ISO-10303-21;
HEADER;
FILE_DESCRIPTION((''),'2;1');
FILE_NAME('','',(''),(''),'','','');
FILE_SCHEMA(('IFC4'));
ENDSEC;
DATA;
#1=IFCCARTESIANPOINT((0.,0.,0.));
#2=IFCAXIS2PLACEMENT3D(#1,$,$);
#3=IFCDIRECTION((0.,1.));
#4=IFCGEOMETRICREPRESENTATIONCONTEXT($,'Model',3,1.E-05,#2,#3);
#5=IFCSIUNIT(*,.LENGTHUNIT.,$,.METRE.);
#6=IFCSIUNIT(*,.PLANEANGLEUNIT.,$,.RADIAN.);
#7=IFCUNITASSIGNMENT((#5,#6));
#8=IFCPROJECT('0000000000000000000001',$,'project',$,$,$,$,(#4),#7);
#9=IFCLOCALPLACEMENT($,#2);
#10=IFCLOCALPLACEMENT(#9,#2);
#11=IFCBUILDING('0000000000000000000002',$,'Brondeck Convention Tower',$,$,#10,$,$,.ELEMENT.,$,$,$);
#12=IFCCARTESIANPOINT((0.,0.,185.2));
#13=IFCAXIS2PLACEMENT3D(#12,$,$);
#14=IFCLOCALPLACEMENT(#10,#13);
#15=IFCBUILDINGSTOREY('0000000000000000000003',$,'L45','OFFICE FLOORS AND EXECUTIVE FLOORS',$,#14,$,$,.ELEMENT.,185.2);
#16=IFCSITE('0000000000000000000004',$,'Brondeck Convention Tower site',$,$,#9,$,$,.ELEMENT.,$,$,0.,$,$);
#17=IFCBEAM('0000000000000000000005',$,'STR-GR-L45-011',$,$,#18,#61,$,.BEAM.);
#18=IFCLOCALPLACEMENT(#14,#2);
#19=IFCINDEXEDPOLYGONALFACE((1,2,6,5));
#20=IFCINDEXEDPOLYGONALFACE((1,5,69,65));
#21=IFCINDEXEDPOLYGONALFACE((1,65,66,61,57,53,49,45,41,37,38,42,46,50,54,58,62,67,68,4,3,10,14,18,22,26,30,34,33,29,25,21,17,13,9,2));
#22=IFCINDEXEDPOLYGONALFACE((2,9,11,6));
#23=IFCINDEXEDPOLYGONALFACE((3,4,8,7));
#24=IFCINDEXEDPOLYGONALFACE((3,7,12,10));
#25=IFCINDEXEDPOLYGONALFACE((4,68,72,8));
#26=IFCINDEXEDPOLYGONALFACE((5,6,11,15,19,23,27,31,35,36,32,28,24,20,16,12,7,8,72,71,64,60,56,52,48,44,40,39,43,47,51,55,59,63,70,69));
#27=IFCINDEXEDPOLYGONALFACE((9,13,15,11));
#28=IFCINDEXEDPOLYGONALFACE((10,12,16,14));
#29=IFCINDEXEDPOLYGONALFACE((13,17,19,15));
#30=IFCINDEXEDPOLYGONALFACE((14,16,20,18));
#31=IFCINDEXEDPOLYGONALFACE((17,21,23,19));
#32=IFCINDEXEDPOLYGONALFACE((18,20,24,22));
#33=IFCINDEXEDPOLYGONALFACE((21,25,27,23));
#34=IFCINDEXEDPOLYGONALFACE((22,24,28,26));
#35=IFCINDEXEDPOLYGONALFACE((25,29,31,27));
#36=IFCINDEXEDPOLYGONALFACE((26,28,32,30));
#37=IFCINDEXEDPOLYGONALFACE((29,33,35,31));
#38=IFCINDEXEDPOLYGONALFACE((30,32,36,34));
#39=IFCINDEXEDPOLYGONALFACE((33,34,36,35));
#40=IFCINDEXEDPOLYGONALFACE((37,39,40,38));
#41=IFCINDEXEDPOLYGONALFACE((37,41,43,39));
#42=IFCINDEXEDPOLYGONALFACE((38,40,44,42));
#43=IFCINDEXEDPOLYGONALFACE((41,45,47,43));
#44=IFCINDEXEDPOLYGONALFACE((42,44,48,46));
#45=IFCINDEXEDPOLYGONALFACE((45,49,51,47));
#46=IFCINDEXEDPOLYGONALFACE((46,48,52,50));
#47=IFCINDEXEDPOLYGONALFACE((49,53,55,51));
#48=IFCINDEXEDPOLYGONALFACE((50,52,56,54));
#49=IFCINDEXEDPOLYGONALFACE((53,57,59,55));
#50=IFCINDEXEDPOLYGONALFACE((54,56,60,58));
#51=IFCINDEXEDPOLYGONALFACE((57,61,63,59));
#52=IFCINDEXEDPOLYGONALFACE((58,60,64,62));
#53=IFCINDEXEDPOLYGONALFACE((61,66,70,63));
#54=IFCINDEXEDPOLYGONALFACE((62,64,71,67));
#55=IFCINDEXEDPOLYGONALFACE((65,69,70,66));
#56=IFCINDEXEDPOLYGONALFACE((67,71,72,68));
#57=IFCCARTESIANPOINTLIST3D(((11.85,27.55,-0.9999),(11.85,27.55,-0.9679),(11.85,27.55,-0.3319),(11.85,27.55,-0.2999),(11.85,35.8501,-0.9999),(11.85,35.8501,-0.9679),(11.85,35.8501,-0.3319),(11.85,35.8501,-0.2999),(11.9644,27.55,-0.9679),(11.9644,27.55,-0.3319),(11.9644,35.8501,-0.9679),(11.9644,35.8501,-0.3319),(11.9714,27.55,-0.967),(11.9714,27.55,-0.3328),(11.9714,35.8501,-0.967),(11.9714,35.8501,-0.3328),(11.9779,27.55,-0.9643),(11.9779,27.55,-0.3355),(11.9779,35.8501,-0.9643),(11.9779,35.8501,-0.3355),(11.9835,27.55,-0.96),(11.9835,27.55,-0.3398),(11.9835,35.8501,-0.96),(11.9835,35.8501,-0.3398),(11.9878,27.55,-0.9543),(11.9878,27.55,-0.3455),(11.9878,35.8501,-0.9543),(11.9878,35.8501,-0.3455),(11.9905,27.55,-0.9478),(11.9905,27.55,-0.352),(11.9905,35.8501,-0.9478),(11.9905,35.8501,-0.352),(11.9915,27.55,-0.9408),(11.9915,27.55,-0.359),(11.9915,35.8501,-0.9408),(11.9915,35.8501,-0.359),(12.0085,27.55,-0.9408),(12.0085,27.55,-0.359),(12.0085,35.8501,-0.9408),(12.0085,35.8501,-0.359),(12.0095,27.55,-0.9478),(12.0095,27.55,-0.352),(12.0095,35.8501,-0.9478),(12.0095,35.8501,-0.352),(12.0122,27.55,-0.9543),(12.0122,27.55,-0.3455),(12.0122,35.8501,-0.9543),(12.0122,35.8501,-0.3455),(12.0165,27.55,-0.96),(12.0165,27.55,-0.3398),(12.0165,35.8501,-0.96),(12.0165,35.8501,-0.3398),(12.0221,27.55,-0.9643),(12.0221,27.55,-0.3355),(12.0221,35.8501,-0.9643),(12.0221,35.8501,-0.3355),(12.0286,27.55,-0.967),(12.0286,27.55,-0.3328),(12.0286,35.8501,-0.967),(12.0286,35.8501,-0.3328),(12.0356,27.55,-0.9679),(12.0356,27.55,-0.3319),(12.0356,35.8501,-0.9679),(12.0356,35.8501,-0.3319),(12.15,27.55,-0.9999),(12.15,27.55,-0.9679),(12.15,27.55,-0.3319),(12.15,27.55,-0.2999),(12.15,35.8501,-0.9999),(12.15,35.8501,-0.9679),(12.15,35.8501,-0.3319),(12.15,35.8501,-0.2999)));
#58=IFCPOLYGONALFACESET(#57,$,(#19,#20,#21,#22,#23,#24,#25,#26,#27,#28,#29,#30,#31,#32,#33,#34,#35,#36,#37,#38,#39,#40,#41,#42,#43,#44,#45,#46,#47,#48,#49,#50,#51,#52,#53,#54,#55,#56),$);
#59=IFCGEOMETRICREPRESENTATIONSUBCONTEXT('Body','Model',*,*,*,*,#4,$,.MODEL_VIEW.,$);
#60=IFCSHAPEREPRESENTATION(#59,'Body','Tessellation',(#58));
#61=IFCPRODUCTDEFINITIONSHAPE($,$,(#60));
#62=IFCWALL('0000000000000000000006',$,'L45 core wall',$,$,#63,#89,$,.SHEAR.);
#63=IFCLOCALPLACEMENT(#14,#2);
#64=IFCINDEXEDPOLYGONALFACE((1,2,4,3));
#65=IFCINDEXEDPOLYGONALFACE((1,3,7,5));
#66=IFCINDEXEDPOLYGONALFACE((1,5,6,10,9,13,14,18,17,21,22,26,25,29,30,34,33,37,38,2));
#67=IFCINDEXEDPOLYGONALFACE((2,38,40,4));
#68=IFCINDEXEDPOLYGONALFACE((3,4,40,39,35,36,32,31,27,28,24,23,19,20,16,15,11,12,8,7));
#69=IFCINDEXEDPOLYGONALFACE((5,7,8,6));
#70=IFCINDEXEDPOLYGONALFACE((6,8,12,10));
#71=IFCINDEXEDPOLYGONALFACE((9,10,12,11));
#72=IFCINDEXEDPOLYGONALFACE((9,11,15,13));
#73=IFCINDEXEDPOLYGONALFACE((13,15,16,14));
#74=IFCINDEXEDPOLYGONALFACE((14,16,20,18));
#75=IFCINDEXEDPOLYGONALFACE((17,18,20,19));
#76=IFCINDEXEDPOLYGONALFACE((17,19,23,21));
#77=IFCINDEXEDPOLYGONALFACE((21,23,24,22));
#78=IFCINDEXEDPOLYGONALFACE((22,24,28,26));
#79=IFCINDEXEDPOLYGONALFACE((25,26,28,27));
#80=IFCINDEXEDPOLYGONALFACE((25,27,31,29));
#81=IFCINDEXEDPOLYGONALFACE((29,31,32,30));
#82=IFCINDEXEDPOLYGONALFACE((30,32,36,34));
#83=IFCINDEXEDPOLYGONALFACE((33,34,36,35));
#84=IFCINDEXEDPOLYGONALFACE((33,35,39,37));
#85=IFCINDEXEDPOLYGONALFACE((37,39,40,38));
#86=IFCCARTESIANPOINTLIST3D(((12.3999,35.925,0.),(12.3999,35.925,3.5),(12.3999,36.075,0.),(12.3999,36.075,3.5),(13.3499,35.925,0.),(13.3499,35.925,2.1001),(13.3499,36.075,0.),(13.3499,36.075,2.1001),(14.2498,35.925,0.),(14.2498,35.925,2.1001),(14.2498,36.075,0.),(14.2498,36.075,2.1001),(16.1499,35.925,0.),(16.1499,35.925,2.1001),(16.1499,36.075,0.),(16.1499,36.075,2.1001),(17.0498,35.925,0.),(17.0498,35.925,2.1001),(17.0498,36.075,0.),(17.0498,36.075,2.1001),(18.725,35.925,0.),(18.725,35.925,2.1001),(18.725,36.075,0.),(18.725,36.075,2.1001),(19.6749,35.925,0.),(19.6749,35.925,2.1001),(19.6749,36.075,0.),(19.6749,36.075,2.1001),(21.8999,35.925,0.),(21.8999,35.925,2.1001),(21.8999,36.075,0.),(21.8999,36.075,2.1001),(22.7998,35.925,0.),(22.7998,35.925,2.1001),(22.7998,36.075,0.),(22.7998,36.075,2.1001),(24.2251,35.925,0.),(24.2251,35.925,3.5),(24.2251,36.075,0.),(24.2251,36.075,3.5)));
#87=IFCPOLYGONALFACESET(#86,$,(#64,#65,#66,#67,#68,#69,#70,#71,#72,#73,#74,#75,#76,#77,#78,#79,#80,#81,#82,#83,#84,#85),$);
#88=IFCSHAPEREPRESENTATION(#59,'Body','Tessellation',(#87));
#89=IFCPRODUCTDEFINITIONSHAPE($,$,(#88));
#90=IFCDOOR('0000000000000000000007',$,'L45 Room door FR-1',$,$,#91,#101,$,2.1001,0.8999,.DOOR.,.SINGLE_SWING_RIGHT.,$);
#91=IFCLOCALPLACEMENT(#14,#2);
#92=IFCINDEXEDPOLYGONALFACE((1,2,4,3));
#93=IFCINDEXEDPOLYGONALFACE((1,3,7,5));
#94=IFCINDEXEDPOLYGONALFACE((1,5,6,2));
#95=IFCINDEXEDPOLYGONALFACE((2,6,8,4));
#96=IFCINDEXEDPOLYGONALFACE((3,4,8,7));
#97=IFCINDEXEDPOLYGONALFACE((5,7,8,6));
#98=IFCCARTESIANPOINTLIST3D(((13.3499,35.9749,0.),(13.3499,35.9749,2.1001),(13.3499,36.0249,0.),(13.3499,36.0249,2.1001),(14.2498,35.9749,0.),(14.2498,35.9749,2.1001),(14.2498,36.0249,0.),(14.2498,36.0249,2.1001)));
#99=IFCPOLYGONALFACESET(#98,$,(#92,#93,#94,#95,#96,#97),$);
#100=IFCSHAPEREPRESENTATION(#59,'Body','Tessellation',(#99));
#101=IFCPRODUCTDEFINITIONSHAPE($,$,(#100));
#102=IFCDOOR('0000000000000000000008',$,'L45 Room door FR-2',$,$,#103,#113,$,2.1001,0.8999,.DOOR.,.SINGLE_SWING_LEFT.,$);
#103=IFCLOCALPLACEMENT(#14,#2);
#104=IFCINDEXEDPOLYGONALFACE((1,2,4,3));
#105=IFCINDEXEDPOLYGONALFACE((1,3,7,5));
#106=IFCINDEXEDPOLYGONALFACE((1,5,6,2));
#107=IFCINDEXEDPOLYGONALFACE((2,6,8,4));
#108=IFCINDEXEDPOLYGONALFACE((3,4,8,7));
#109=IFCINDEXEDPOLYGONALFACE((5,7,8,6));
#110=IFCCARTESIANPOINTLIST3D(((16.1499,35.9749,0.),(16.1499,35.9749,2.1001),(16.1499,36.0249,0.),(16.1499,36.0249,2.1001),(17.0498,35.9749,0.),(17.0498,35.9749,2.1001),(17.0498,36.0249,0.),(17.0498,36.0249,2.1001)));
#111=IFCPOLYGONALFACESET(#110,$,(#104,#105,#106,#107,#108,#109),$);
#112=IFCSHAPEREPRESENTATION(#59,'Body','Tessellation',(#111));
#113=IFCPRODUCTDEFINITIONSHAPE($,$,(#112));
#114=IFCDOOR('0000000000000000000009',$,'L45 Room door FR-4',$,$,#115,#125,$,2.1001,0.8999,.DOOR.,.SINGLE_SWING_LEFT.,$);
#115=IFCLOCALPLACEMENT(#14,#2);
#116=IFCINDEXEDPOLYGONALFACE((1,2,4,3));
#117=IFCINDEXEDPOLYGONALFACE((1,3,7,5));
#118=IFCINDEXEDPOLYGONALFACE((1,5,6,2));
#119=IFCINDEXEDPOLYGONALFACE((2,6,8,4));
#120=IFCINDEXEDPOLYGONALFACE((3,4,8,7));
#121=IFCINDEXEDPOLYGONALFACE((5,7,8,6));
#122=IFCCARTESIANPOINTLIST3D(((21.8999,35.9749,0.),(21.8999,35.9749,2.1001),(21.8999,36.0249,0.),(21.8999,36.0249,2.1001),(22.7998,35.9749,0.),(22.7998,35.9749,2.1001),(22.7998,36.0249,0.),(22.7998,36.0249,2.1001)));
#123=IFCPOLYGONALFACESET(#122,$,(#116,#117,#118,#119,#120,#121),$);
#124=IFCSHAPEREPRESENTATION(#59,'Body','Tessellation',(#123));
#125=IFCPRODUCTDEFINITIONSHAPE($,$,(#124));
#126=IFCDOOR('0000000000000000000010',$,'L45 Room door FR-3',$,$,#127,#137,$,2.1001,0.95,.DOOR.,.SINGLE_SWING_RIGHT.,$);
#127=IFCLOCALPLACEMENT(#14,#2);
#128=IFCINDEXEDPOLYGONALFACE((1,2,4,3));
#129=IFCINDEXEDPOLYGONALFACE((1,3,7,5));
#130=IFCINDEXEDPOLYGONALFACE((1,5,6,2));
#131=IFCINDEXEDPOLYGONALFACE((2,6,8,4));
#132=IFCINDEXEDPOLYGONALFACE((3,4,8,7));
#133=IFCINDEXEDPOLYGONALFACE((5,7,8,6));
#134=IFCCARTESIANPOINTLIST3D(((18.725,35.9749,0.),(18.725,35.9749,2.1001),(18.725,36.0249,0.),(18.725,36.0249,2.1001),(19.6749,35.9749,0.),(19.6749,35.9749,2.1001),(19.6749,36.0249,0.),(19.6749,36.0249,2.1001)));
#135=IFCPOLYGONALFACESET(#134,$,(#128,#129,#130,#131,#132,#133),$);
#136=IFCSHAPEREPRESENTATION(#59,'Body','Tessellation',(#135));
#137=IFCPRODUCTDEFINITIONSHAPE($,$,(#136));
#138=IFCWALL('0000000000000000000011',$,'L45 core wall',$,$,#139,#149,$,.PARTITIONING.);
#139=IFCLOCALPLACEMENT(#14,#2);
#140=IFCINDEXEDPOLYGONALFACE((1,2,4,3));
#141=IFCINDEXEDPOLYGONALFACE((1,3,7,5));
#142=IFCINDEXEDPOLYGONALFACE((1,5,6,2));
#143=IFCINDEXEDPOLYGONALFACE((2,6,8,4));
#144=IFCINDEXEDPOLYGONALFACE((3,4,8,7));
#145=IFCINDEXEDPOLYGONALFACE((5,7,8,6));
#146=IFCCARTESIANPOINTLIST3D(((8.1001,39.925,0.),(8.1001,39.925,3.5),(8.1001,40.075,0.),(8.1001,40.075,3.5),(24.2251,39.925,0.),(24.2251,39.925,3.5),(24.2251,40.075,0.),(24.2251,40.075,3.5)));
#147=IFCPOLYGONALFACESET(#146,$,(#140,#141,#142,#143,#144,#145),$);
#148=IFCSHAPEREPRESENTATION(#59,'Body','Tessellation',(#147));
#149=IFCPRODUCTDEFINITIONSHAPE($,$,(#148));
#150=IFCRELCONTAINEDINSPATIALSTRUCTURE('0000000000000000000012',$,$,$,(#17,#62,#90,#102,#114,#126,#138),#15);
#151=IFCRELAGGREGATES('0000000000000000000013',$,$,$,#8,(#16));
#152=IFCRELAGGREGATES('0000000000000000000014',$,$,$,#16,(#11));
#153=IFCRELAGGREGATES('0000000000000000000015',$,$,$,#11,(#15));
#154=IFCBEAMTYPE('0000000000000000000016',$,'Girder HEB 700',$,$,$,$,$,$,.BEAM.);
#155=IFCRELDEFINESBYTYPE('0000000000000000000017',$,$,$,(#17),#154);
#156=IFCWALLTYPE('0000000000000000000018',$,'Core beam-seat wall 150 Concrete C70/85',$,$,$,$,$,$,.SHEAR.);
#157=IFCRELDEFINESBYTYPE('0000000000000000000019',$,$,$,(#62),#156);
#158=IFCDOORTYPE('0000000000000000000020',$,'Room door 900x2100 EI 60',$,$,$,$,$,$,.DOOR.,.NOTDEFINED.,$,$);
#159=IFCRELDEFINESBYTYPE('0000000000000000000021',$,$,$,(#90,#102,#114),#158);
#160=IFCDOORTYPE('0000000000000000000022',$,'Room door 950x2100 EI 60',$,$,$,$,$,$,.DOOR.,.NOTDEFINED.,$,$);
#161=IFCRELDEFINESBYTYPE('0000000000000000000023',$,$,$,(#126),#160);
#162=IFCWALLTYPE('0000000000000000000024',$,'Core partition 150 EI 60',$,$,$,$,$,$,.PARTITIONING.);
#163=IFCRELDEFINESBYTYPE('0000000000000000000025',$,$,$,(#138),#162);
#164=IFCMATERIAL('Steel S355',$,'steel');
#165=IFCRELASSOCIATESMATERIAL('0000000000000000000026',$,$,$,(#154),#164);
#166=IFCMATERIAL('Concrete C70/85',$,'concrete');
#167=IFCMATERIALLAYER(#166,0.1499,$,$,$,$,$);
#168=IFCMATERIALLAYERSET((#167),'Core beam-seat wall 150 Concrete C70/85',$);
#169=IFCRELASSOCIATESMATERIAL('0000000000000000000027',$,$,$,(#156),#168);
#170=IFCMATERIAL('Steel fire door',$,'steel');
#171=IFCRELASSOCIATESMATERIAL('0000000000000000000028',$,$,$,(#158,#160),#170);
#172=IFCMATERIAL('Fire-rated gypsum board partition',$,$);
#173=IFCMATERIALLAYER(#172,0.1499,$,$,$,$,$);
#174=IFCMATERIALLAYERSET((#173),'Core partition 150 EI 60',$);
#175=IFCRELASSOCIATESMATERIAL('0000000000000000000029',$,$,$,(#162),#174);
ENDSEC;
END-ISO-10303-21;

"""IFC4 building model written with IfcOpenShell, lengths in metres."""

from ifc_helpers import new_model, si_unit, direction, frame, frame_2d, origin, origin_2d, place, context, subcontext, project, spatial, rectangle, i_section, extrude, material, layer, layer_set, material_profile, profile_set, type_object, element, fill, save


model = new_model("IFC4")

# Units and contexts
model_context = context("Model", 3, precision=1e-05, world=origin(), true_north=direction((0.0, 1.0)))
body_context = subcontext(model_context, "Body", "Model", "MODEL_VIEW")
ifc_project = project(units=[si_unit("LENGTHUNIT", "METRE"), si_unit("PLANEANGLEUNIT", "RADIAN")], contexts=[model_context])

# Site, building, storey
site_placement = place(None, origin())
site = spatial("IfcSite", under=ifc_project, at=site_placement, Name="Brondeck Convention Tower site", CompositionType="ELEMENT", RefElevation=0.0)
building_placement = place(site_placement, origin())
building = spatial("IfcBuilding", under=site, at=building_placement, Name="Brondeck Convention Tower", CompositionType="ELEMENT")
storey_placement = place(building_placement, frame((0.0, 0.0, 185.2)))
storey = spatial("IfcBuildingStorey", under=building, at=storey_placement, Name="L45", Description="OFFICE FLOORS AND EXECUTIVE FLOORS", CompositionType="ELEMENT", Elevation=185.2)

# Beam
ifc_material_1 = material(Name="Steel S355", Category="steel")
ifc_material_profile = material_profile(ifc_material_1, i_section(OverallWidth=0.3, OverallDepth=0.7, WebThickness=0.0171, FlangeThickness=0.032, FilletRadius=0.0271, at=origin_2d()), Name="HEB 700")
ifc_profile_set = profile_set([ifc_material_profile], Name="Steel S355")
beam_type = type_object("IfcBeamType", Name="Girder HEB 700", PredefinedType="BEAM", material=ifc_profile_set)
beam_placement = place(storey_placement, frame((12.0, 35.8501, -0.6499), z_axis=(0.0, -1.0, 0.0), x_axis=(1.0, 0.0, 0.0)))
element("IfcBeam", 1, at=beam_placement, inside=storey, type_object=beam_type, Name="STR-GR-L45-011", PredefinedType="BEAM", context=body_context, shape_type="SweptSolid", body=[
    extrude(i_section(OverallWidth=0.3, OverallDepth=0.7, WebThickness=0.0171, FlangeThickness=0.032, FilletRadius=0.0271, at=origin_2d()), origin(), (0.0, 0.0, 1.0), 8.3),
])

# Wall, openings, doors
ifc_material_2 = material(Name="Concrete C70/85", Category="concrete")
ifc_layer_1 = layer(ifc_material_2, 0.1499)
ifc_layer_set_1 = layer_set([ifc_layer_1], Name="Core beam-seat wall 150 Concrete C70/85")
wall_type_1 = type_object("IfcWallType", Name="Core beam-seat wall 150 Concrete C70/85", PredefinedType="SHEAR", material=ifc_layer_set_1)
wall_1_placement = place(storey_placement, frame((12.3999, 36.0, 0.0), z_axis=(0.0, 0.0, 1.0), x_axis=(1.0, 0.0, 0.0)))
wall_1 = element("IfcWall", 2, at=wall_1_placement, inside=storey, type_object=wall_type_1, Name="L45 core wall", PredefinedType="SHEAR", context=body_context, shape_type="SweptSolid", body=[
    extrude(rectangle(XDim=11.8252, YDim=0.1499, at=frame_2d((5.9126, 0.0))), origin(), (0.0, 0.0, 1.0), 3.5),
])
opening_1_placement = place(wall_1_placement, frame((0.95, 0.0, 0.0)))
opening_1 = element("IfcOpeningElement", 3, at=opening_1_placement, cuts=wall_1, PredefinedType="OPENING", context=body_context, shape_type="SweptSolid", body=[
    extrude(rectangle(XDim=0.8999, YDim=2.1001, at=frame_2d((0.45, 1.05))), frame((0.0, 0.085, 0.0), z_axis=(0.0, -1.0, 0.0), x_axis=(1.0, 0.0, 0.0)), (0.0, 0.0, 1.0), 0.1699),
])
opening_2_placement = place(wall_1_placement, frame((3.75, 0.0, 0.0)))
opening_2 = element("IfcOpeningElement", 4, at=opening_2_placement, cuts=wall_1, PredefinedType="OPENING", context=body_context, shape_type="SweptSolid", body=[
    extrude(rectangle(XDim=0.8999, YDim=2.1001, at=frame_2d((0.45, 1.05))), frame((0.0, 0.085, 0.0), z_axis=(0.0, -1.0, 0.0), x_axis=(1.0, 0.0, 0.0)), (0.0, 0.0, 1.0), 0.1699),
])
opening_3_placement = place(wall_1_placement, frame((6.325, 0.0, 0.0)))
opening_3 = element("IfcOpeningElement", 5, at=opening_3_placement, cuts=wall_1, PredefinedType="OPENING", context=body_context, shape_type="SweptSolid", body=[
    extrude(rectangle(XDim=0.95, YDim=2.1001, at=frame_2d((0.4751, 1.05))), frame((0.0, 0.085, 0.0), z_axis=(0.0, -1.0, 0.0), x_axis=(1.0, 0.0, 0.0)), (0.0, 0.0, 1.0), 0.1699),
])
opening_4_placement = place(wall_1_placement, frame((9.5, 0.0, 0.0)))
opening_4 = element("IfcOpeningElement", 6, at=opening_4_placement, cuts=wall_1, PredefinedType="OPENING", context=body_context, shape_type="SweptSolid", body=[
    extrude(rectangle(XDim=0.8999, YDim=2.1001, at=frame_2d((0.45, 1.05))), frame((0.0, 0.085, 0.0), z_axis=(0.0, -1.0, 0.0), x_axis=(1.0, 0.0, 0.0)), (0.0, 0.0, 1.0), 0.1699),
])
ifc_material_3 = material(Name="Steel fire door", Category="steel")
door_type_1 = type_object("IfcDoorType", Name="Room door 900x2100 EI 60", OperationType="NOTDEFINED", PredefinedType="DOOR", material=ifc_material_3)
door_1_placement = place(opening_1_placement, origin())
door_1 = element("IfcDoor", 7, at=door_1_placement, inside=storey, type_object=door_type_1, Name="L45 Room door FR-1", OperationType="SINGLE_SWING_RIGHT", OverallHeight=2.1001, OverallWidth=0.8999, PredefinedType="DOOR", context=body_context, shape_type="SweptSolid", body=[
    extrude(rectangle(XDim=0.8999, YDim=2.1001, at=frame_2d((0.45, 1.05))), frame((0.0, 0.0249, 0.0), z_axis=(0.0, -1.0, 0.0), x_axis=(1.0, 0.0, 0.0)), (0.0, 0.0, 1.0), 0.05),
])
fill(opening_1, door_1)
door_2_placement = place(opening_2_placement, origin())
door_2 = element("IfcDoor", 8, at=door_2_placement, inside=storey, type_object=door_type_1, Name="L45 Room door FR-2", OperationType="SINGLE_SWING_LEFT", OverallHeight=2.1001, OverallWidth=0.8999, PredefinedType="DOOR", context=body_context, shape_type="SweptSolid", body=[
    extrude(rectangle(XDim=0.8999, YDim=2.1001, at=frame_2d((0.45, 1.05))), frame((0.0, 0.0249, 0.0), z_axis=(0.0, -1.0, 0.0), x_axis=(1.0, 0.0, 0.0)), (0.0, 0.0, 1.0), 0.05),
])
fill(opening_2, door_2)
door_3_placement = place(opening_4_placement, origin())
door_3 = element("IfcDoor", 9, at=door_3_placement, inside=storey, type_object=door_type_1, Name="L45 Room door FR-4", OperationType="SINGLE_SWING_LEFT", OverallHeight=2.1001, OverallWidth=0.8999, PredefinedType="DOOR", context=body_context, shape_type="SweptSolid", body=[
    extrude(rectangle(XDim=0.8999, YDim=2.1001, at=frame_2d((0.45, 1.05))), frame((0.0, 0.0249, 0.0), z_axis=(0.0, -1.0, 0.0), x_axis=(1.0, 0.0, 0.0)), (0.0, 0.0, 1.0), 0.05),
])
fill(opening_4, door_3)
door_type_2 = type_object("IfcDoorType", Name="Room door 950x2100 EI 60", OperationType="NOTDEFINED", PredefinedType="DOOR", material=ifc_material_3)
door_4_placement = place(opening_3_placement, origin())
door_4 = element("IfcDoor", 10, at=door_4_placement, inside=storey, type_object=door_type_2, Name="L45 Room door FR-3", OperationType="SINGLE_SWING_RIGHT", OverallHeight=2.1001, OverallWidth=0.95, PredefinedType="DOOR", context=body_context, shape_type="SweptSolid", body=[
    extrude(rectangle(XDim=0.95, YDim=2.1001, at=frame_2d((0.4751, 1.05))), frame((0.0, 0.0249, 0.0), z_axis=(0.0, -1.0, 0.0), x_axis=(1.0, 0.0, 0.0)), (0.0, 0.0, 1.0), 0.05),
])
fill(opening_3, door_4)

# Wall
ifc_material_4 = material(Name="Fire-rated gypsum board partition")
ifc_layer_2 = layer(ifc_material_4, 0.1499)
ifc_layer_set_2 = layer_set([ifc_layer_2], Name="Core partition 150 EI 60")
wall_type_2 = type_object("IfcWallType", Name="Core partition 150 EI 60", PredefinedType="PARTITIONING", material=ifc_layer_set_2)
wall_2_placement = place(storey_placement, frame((8.1001, 40.0, 0.0), z_axis=(0.0, 0.0, 1.0), x_axis=(1.0, 0.0, 0.0)))
element("IfcWall", 11, at=wall_2_placement, inside=storey, type_object=wall_type_2, Name="L45 core wall", PredefinedType="PARTITIONING", context=body_context, shape_type="SweptSolid", body=[
    extrude(rectangle(XDim=16.125, YDim=0.1499, at=frame_2d((8.0625, 0.0))), origin(), (0.0, 0.0, 1.0), 3.5),
])

save(model, "model.ifc")
